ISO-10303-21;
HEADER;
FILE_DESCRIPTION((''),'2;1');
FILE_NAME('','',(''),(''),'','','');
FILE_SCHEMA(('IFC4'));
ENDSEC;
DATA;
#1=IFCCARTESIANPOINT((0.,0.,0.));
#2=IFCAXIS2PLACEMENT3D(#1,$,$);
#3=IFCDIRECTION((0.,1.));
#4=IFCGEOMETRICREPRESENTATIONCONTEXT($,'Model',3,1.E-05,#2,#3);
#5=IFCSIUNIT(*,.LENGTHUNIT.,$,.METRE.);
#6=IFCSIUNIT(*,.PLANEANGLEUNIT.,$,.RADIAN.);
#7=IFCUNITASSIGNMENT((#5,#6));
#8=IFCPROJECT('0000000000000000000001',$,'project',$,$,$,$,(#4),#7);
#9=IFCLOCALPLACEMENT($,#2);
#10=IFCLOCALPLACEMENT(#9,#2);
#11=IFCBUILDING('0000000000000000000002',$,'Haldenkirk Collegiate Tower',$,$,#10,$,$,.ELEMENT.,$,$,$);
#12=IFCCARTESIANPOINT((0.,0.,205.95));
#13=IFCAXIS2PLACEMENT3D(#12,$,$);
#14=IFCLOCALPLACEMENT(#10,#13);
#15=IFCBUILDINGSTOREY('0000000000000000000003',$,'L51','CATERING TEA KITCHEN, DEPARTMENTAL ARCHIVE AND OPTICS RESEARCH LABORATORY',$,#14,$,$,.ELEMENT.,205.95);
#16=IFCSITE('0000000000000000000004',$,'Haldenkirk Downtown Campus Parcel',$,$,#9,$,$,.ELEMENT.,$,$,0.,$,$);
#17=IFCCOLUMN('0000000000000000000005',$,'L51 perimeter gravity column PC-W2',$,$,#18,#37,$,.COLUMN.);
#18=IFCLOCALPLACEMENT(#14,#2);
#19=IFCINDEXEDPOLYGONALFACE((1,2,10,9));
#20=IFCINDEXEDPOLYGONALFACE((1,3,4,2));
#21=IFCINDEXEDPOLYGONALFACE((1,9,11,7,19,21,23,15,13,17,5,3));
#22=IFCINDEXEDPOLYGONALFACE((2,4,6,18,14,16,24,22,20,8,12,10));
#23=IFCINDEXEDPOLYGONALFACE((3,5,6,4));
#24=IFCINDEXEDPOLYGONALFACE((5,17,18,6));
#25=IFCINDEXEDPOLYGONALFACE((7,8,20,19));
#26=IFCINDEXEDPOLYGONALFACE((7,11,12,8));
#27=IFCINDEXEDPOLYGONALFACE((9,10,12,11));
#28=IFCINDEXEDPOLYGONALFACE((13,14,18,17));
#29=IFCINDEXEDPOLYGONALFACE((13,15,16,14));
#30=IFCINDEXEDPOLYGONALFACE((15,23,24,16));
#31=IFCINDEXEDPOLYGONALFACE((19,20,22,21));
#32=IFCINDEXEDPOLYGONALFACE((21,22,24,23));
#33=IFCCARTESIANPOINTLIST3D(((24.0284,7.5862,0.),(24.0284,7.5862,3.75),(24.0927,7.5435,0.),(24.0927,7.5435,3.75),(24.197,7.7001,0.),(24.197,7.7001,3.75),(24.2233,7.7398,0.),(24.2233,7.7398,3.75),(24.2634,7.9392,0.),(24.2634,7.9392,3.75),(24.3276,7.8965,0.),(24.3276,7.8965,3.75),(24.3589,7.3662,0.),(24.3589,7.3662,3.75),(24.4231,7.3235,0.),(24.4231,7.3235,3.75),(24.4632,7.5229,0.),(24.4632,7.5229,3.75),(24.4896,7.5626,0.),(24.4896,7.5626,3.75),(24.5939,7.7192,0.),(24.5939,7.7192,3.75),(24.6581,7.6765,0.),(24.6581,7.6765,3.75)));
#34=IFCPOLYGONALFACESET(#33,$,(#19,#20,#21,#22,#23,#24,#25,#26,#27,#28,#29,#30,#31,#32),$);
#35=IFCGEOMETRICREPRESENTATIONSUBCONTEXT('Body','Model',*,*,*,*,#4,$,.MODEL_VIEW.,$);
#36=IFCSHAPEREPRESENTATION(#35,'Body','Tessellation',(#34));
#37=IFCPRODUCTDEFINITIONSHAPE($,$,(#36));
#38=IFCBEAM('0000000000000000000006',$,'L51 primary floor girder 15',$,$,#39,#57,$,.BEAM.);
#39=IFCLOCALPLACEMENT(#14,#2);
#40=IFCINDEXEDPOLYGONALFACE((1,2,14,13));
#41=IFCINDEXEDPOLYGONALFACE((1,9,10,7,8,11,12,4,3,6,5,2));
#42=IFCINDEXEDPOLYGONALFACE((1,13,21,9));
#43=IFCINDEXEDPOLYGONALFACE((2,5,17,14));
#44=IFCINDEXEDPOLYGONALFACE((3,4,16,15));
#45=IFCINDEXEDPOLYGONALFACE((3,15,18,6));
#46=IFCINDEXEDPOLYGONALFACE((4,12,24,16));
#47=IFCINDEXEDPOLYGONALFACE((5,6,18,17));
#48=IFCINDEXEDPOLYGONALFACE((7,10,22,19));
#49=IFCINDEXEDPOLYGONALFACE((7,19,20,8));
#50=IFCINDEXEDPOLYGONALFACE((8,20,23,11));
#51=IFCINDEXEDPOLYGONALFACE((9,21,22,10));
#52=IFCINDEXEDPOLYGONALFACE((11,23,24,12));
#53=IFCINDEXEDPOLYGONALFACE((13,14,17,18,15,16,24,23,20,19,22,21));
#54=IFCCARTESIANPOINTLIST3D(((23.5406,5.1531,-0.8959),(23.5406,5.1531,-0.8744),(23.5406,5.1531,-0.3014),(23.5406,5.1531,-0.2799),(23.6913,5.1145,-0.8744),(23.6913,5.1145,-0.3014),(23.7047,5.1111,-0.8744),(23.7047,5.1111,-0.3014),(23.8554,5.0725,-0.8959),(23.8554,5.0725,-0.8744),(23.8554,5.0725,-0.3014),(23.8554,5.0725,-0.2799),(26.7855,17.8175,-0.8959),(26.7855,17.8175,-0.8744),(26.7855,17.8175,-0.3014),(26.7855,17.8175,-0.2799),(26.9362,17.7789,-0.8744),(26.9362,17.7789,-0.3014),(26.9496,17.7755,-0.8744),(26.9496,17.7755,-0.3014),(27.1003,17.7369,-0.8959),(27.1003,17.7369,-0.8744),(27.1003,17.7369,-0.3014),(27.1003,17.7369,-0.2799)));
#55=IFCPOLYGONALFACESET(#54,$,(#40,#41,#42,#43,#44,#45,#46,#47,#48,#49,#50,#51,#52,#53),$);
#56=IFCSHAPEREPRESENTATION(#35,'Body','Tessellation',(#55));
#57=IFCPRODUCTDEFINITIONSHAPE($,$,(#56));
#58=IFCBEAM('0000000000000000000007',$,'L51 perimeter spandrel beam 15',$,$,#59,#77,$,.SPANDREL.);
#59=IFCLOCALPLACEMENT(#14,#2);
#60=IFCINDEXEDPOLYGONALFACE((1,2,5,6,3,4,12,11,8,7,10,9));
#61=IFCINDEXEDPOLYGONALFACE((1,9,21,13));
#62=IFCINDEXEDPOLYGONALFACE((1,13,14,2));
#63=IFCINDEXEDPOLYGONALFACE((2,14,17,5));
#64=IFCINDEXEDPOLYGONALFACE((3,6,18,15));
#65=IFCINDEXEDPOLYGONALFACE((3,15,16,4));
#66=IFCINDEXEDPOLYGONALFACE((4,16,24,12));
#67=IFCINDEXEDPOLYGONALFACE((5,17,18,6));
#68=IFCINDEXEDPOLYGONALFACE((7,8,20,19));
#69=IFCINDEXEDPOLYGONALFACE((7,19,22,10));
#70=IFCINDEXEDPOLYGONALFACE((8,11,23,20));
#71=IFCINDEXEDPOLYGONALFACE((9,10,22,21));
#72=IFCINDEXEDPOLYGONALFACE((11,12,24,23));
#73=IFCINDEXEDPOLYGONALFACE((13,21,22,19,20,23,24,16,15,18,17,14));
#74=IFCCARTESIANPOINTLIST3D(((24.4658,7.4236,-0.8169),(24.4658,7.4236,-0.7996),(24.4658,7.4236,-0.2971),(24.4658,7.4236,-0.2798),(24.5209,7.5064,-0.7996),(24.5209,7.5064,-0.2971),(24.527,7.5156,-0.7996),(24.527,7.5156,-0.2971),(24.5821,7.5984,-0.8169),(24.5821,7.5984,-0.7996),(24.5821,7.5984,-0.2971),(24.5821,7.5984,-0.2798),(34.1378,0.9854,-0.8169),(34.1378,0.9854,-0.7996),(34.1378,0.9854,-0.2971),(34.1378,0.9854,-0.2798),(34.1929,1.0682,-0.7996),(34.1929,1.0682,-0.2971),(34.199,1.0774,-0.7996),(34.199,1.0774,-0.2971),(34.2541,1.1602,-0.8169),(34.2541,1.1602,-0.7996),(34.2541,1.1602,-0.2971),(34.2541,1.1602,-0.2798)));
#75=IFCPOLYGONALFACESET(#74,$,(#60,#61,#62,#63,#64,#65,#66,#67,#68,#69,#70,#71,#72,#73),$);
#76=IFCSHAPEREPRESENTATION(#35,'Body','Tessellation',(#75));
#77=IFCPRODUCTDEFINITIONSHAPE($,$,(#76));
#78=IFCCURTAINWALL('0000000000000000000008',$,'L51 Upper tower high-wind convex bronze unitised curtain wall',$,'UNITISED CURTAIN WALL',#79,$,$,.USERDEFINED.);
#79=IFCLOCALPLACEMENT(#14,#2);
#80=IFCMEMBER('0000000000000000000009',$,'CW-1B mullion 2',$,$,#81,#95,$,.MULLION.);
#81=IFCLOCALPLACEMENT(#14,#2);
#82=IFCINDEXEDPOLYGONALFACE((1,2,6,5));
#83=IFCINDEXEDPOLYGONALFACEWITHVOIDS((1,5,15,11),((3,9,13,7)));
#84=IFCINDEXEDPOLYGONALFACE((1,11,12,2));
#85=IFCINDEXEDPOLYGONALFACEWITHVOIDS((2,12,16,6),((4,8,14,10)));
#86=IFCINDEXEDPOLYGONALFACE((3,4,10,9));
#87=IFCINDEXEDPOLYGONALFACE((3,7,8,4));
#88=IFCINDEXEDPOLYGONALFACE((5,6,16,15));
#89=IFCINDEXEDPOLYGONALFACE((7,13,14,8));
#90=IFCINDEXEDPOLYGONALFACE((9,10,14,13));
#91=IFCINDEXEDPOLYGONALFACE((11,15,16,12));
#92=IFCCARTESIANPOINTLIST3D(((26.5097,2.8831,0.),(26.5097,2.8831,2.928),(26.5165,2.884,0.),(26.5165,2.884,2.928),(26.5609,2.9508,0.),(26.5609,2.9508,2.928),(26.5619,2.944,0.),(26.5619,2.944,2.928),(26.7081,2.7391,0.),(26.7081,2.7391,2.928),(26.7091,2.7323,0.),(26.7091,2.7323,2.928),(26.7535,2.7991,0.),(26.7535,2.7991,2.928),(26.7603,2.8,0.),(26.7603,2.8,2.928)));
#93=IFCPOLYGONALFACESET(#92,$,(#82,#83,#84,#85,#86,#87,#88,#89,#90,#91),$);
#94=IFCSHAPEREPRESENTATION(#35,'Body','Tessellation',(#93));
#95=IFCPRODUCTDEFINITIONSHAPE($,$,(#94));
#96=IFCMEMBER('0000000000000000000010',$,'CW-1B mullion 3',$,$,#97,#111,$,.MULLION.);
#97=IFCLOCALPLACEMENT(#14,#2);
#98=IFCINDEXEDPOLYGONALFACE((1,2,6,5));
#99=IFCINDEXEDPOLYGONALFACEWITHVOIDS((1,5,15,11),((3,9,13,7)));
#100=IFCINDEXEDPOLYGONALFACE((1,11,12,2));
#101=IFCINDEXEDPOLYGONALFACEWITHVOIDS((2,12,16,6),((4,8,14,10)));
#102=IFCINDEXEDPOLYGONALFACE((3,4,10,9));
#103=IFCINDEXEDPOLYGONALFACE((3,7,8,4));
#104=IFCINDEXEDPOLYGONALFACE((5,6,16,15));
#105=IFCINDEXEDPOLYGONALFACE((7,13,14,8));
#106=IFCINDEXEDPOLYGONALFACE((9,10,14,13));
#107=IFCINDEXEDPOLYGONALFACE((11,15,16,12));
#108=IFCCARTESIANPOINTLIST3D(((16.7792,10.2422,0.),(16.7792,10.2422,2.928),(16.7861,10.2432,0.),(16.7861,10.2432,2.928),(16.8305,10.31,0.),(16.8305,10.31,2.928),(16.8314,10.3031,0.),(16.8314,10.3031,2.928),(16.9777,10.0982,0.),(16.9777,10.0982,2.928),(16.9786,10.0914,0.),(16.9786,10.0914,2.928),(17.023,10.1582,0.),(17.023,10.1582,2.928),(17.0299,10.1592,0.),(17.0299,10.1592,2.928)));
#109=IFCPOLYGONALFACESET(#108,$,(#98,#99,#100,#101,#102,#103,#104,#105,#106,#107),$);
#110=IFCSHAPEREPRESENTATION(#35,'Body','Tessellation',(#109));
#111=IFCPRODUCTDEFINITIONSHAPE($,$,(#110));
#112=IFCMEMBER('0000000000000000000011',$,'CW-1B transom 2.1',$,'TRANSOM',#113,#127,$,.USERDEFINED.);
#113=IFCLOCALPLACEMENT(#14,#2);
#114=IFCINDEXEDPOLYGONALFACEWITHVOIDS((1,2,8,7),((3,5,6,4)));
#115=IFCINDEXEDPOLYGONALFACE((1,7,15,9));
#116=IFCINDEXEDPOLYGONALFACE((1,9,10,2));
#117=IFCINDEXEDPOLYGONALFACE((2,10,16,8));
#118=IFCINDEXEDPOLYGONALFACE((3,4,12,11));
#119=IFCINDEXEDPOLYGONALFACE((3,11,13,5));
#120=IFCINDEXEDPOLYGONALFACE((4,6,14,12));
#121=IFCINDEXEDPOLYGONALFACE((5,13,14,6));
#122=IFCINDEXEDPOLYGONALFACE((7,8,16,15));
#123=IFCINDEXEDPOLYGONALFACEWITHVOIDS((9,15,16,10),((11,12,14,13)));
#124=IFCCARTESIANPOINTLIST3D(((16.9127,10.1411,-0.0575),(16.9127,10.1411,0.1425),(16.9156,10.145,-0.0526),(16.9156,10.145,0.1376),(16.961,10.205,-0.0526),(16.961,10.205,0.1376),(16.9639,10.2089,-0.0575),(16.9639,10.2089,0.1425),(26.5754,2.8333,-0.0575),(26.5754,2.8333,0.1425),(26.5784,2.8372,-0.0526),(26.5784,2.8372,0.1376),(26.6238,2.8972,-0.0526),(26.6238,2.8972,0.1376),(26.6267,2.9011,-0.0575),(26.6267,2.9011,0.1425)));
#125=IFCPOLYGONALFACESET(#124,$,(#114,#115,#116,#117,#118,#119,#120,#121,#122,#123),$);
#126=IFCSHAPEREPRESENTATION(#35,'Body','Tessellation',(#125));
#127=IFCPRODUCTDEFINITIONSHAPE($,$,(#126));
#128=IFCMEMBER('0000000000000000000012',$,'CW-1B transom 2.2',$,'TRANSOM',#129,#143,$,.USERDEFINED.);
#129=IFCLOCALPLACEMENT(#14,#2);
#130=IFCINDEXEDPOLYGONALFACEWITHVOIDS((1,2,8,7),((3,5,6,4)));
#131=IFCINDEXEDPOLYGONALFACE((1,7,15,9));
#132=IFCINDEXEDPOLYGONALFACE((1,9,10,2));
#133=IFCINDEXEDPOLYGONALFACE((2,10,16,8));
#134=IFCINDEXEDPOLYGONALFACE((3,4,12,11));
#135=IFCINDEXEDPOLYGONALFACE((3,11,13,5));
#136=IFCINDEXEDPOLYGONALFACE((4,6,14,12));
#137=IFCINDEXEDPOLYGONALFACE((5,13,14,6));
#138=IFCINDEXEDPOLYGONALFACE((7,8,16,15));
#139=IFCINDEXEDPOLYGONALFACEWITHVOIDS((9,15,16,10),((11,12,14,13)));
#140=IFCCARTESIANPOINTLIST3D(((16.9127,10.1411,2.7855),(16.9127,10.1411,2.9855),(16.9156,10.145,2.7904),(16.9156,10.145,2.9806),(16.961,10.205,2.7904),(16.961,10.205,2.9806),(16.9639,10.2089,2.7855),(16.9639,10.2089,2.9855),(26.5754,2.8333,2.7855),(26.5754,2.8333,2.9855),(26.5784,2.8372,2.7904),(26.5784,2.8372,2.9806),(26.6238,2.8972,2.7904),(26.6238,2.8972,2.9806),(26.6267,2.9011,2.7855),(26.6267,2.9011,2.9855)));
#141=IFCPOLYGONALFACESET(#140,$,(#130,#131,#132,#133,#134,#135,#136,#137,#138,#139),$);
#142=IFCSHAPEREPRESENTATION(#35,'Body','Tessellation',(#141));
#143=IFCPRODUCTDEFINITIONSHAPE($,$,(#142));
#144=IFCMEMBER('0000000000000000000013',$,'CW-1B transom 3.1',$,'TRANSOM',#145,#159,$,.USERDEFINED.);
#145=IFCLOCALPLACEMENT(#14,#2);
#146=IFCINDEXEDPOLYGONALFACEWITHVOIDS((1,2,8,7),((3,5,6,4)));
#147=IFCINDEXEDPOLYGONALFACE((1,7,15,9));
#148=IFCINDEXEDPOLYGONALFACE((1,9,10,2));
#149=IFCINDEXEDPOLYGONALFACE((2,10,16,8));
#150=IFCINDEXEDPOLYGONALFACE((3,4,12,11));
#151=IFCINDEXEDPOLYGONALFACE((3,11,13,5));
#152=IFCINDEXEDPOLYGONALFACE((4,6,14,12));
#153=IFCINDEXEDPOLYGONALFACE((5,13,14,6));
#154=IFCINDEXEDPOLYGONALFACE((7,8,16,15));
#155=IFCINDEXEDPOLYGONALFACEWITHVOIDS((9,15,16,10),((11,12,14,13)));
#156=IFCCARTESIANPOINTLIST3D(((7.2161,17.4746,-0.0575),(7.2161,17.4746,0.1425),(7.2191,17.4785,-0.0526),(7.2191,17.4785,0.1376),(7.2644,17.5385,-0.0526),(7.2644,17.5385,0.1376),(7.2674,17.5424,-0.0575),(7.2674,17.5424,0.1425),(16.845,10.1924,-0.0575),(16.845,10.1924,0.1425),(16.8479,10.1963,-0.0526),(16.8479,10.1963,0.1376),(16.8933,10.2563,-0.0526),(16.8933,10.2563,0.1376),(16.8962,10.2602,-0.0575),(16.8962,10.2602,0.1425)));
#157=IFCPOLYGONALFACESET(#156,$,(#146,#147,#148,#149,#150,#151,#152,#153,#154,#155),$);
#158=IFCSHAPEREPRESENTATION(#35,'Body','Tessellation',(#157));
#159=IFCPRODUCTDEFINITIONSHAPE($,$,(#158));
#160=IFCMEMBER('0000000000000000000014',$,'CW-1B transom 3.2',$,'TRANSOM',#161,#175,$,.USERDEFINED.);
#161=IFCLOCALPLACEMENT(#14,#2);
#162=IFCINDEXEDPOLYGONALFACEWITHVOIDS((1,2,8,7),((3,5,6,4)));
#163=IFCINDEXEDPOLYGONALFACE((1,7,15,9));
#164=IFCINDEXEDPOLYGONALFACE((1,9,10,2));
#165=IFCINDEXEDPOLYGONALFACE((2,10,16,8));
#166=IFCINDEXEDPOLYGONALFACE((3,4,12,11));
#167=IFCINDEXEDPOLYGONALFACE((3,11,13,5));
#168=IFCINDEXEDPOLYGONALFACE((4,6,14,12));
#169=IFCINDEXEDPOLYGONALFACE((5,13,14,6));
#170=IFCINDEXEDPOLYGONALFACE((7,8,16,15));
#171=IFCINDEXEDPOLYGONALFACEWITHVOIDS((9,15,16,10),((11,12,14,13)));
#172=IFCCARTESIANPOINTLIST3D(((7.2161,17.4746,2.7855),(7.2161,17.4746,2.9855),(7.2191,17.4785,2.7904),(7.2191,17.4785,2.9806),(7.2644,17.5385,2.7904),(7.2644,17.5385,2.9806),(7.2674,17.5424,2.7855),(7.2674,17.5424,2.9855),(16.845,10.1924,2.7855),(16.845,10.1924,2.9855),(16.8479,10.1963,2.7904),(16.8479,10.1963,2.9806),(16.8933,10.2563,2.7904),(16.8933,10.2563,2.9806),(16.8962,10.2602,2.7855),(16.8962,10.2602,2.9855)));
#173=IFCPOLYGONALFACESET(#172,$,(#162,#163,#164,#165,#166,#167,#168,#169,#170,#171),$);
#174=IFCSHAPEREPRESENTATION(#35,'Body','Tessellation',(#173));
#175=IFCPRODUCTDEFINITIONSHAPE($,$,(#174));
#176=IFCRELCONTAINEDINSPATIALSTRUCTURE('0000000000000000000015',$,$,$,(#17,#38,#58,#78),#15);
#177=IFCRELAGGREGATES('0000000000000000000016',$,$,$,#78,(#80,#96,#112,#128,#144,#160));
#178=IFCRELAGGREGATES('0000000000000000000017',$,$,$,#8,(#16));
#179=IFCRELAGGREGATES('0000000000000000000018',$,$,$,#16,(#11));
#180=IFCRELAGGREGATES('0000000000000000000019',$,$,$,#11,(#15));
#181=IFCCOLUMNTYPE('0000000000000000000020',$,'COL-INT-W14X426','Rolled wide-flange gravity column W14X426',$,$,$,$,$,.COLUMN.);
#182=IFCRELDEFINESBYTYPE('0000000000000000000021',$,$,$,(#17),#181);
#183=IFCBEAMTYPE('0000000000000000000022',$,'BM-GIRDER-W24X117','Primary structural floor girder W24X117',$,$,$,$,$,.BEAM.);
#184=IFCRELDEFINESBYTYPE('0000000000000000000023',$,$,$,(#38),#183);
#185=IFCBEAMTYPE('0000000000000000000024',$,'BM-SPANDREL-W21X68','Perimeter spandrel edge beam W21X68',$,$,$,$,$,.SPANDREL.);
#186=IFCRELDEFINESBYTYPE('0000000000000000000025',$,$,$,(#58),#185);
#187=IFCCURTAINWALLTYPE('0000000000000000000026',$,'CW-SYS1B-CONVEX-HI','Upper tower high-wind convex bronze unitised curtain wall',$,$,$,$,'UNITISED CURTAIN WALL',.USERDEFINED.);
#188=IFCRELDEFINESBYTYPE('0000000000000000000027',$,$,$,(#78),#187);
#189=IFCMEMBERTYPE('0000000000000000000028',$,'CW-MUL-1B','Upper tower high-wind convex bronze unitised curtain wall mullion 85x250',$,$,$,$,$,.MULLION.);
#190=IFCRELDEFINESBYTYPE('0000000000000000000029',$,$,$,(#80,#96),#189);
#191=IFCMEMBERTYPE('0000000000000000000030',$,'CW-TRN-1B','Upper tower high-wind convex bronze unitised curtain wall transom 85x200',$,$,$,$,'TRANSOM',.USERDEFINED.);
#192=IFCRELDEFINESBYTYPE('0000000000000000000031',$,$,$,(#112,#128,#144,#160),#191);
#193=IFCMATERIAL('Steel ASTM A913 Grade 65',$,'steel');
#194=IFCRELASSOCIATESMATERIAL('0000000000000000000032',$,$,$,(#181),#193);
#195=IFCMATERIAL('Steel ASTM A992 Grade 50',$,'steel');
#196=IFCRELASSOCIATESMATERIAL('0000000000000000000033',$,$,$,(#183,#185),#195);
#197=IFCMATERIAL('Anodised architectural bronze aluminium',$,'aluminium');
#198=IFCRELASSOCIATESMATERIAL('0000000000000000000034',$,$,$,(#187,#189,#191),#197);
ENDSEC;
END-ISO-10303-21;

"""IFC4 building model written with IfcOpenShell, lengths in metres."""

from ifc_helpers import new_model, si_unit, direction, frame, origin, origin_2d, place, context, subcontext, project, spatial, hollow_rectangle, i_section, extrude, material, material_profile, profile_set, type_object, element, aggregate, save


model = new_model("IFC4")

# Units and contexts
model_context = context("Model", 3, precision=1e-05, world=origin(), true_north=direction((0.0, 1.0)))
body_context = subcontext(model_context, "Body", "Model", "MODEL_VIEW")
ifc_project = project(units=[si_unit("LENGTHUNIT", "METRE"), si_unit("PLANEANGLEUNIT", "RADIAN")], contexts=[model_context])

# Site, building, storey
site_placement = place(None, origin())
site = spatial("IfcSite", under=ifc_project, at=site_placement, Name="Haldenkirk Downtown Campus Parcel", CompositionType="ELEMENT", RefElevation=0.0)
building_placement = place(site_placement, origin())
building = spatial("IfcBuilding", under=site, at=building_placement, Name="Haldenkirk Collegiate Tower", CompositionType="ELEMENT")
storey_placement = place(building_placement, frame((0.0, 0.0, 205.95)))
storey = spatial("IfcBuildingStorey", under=building, at=storey_placement, Name="L51", Description="CATERING TEA KITCHEN, DEPARTMENTAL ARCHIVE AND OPTICS RESEARCH LABORATORY", CompositionType="ELEMENT", Elevation=205.95)

# Column
ifc_material_1 = material(Name="Steel ASTM A913 Grade 65", Category="steel")
ifc_material_profile_1 = material_profile(ifc_material_1, i_section(OverallWidth=0.4241, OverallDepth=0.4741, WebThickness=0.0476, FlangeThickness=0.0771, at=origin_2d()), Name="W14X426")
ifc_profile_set_1 = profile_set([ifc_material_profile_1], Name="Steel ASTM A913 Grade 65")
column_type = type_object("IfcColumnType", Name="COL-INT-W14X426", Description="Rolled wide-flange gravity column W14X426", PredefinedType="COLUMN", material=ifc_profile_set_1)
column_placement = place(storey_placement, frame((24.3433, 7.6313, 0.0), z_axis=(0.0, 0.0, 1.0), x_axis=(0.554118, 0.832438, 0.0)))
element("IfcColumn", 1, at=column_placement, inside=storey, type_object=column_type, Name="L51 perimeter gravity column PC-W2", PredefinedType="COLUMN", context=body_context, shape_type="SweptSolid", body=[
    extrude(i_section(OverallWidth=0.4241, OverallDepth=0.4741, WebThickness=0.0476, FlangeThickness=0.0771, at=origin_2d()), origin(), (0.0, 0.0, 1.0), 3.75),
])

# Beams
ifc_material_2 = material(Name="Steel ASTM A992 Grade 50", Category="steel")
ifc_material_profile_2 = material_profile(ifc_material_2, i_section(OverallWidth=0.325, OverallDepth=0.616, WebThickness=0.0139, FlangeThickness=0.0215, at=origin_2d()), Name="W24X117")
ifc_profile_set_2 = profile_set([ifc_material_profile_2], Name="Steel ASTM A992 Grade 50")
beam_type_1 = type_object("IfcBeamType", Name="BM-GIRDER-W24X117", Description="Primary structural floor girder W24X117", PredefinedType="BEAM", material=ifc_profile_set_2)
beam_1_placement = place(storey_placement, frame((23.698, 5.1128, -0.5879), z_axis=(0.248204, 0.968708, 0.0), x_axis=(-0.968708, 0.248204, 0.0)))
element("IfcBeam", 2, at=beam_1_placement, inside=storey, type_object=beam_type_1, Name="L51 primary floor girder 15", PredefinedType="BEAM", context=body_context, shape_type="SweptSolid", body=[
    extrude(i_section(OverallWidth=0.325, OverallDepth=0.616, WebThickness=0.0139, FlangeThickness=0.0215, at=origin_2d()), origin(), (0.0, 0.0, 1.0), 13.0735),
])
ifc_material_profile_3 = material_profile(ifc_material_2, i_section(OverallWidth=0.21, OverallDepth=0.5371, WebThickness=0.011, FlangeThickness=0.0173, at=origin_2d()), Name="W21X68")
ifc_profile_set_3 = profile_set([ifc_material_profile_3], Name="Steel ASTM A992 Grade 50")
beam_type_2 = type_object("IfcBeamType", Name="BM-SPANDREL-W21X68", Description="Perimeter spandrel edge beam W21X68", PredefinedType="SPANDREL", material=ifc_profile_set_3)
beam_2_placement = place(storey_placement, frame((24.5239, 7.511, -0.5483), z_axis=(0.832441, -0.554113, 0.0), x_axis=(0.554113, 0.832441, 0.0)))
element("IfcBeam", 3, at=beam_2_placement, inside=storey, type_object=beam_type_2, Name="L51 perimeter spandrel beam 15", PredefinedType="SPANDREL", context=body_context, shape_type="SweptSolid", body=[
    extrude(i_section(OverallWidth=0.21, OverallDepth=0.5371, WebThickness=0.011, FlangeThickness=0.0173, at=origin_2d()), origin(), (0.0, 0.0, 1.0), 11.6189),
])

# Curtain wall, members
ifc_material_3 = material(Name="Anodised architectural bronze aluminium", Category="aluminium")
curtain_wall_type = type_object("IfcCurtainWallType", Name="CW-SYS1B-CONVEX-HI", Description="Upper tower high-wind convex bronze unitised curtain wall", ElementType="UNITISED CURTAIN WALL", PredefinedType="USERDEFINED", material=ifc_material_3)
curtain_wall_placement = place(storey_placement, origin())
curtain_wall = element("IfcCurtainWall", 4, at=curtain_wall_placement, inside=storey, type_object=curtain_wall_type, Name="L51 Upper tower high-wind convex bronze unitised curtain wall", ObjectType="UNITISED CURTAIN WALL", PredefinedType="USERDEFINED")
ifc_material_profile_4 = material_profile(ifc_material_3, hollow_rectangle(XDim=0.085, YDim=0.25, WallThickness=0.0049, at=origin_2d()), Name="CW-MUL-1B")
ifc_profile_set_4 = profile_set([ifc_material_profile_4], Name="Anodised architectural bronze aluminium")
member_type_1 = type_object("IfcMemberType", Name="CW-MUL-1B", Description="Upper tower high-wind convex bronze unitised curtain wall mullion 85x250", PredefinedType="MULLION", material=ifc_profile_set_4)
member_1_placement = place(storey_placement, frame((26.635, 2.8416, 0.0), z_axis=(0.0, 0.0, 1.0), x_axis=(-0.603207, -0.797584, 0.0)))
member_1 = element("IfcMember", 5, at=member_1_placement, type_object=member_type_1, Name="CW-1B mullion 2", PredefinedType="MULLION", context=body_context, shape_type="SweptSolid", body=[
    extrude(hollow_rectangle(XDim=0.085, YDim=0.25, WallThickness=0.0049, at=origin_2d()), origin(), (0.0, 0.0, 1.0), 2.928),
])
member_2_placement = place(storey_placement, frame((16.9045, 10.2007, 0.0), z_axis=(0.0, 0.0, 1.0), x_axis=(-0.603207, -0.797584, 0.0)))
member_2 = element("IfcMember", 6, at=member_2_placement, type_object=member_type_1, Name="CW-1B mullion 3", PredefinedType="MULLION", context=body_context, shape_type="SweptSolid", body=[
    extrude(hollow_rectangle(XDim=0.085, YDim=0.25, WallThickness=0.0049, at=origin_2d()), origin(), (0.0, 0.0, 1.0), 2.928),
])
ifc_material_profile_5 = material_profile(ifc_material_3, hollow_rectangle(XDim=0.085, YDim=0.2, WallThickness=0.0049, at=origin_2d()), Name="CW-TRN-1B")
ifc_profile_set_5 = profile_set([ifc_material_profile_5], Name="Anodised architectural bronze aluminium")
member_type_2 = type_object("IfcMemberType", Name="CW-TRN-1B", Description="Upper tower high-wind convex bronze unitised curtain wall transom 85x200", ElementType="TRANSOM", PredefinedType="USERDEFINED", material=ifc_profile_set_5)
member_3_placement = place(storey_placement, frame((26.6011, 2.8672, 0.0425), z_axis=(-0.797587, 0.603203, 0.0), x_axis=(-0.603203, -0.797587, 0.0)))
member_3 = element("IfcMember", 7, at=member_3_placement, type_object=member_type_2, Name="CW-1B transom 2.1", ObjectType="TRANSOM", PredefinedType="USERDEFINED", context=body_context, shape_type="SweptSolid", body=[
    extrude(hollow_rectangle(XDim=0.085, YDim=0.2, WallThickness=0.0049, at=origin_2d()), origin(), (0.0, 0.0, 1.0), 12.115),
])
member_4_placement = place(storey_placement, frame((26.6011, 2.8672, 2.8855), z_axis=(-0.797587, 0.603203, 0.0), x_axis=(-0.603203, -0.797587, 0.0)))
member_4 = element("IfcMember", 8, at=member_4_placement, type_object=member_type_2, Name="CW-1B transom 2.2", ObjectType="TRANSOM", PredefinedType="USERDEFINED", context=body_context, shape_type="SweptSolid", body=[
    extrude(hollow_rectangle(XDim=0.085, YDim=0.2, WallThickness=0.0049, at=origin_2d()), origin(), (0.0, 0.0, 1.0), 12.115),
])
member_5_placement = place(storey_placement, frame((16.8706, 10.2263, 0.0425), z_axis=(-0.797586, 0.603205, 0.0), x_axis=(-0.603205, -0.797586, 0.0)))
member_5 = element("IfcMember", 9, at=member_5_placement, type_object=member_type_2, Name="CW-1B transom 3.1", ObjectType="TRANSOM", PredefinedType="USERDEFINED", context=body_context, shape_type="SweptSolid", body=[
    extrude(hollow_rectangle(XDim=0.085, YDim=0.2, WallThickness=0.0049, at=origin_2d()), origin(), (0.0, 0.0, 1.0), 12.0725),
])
member_6_placement = place(storey_placement, frame((16.8706, 10.2263, 2.8855), z_axis=(-0.797586, 0.603205, 0.0), x_axis=(-0.603205, -0.797586, 0.0)))
member_6 = element("IfcMember", 10, at=member_6_placement, type_object=member_type_2, Name="CW-1B transom 3.2", ObjectType="TRANSOM", PredefinedType="USERDEFINED", context=body_context, shape_type="SweptSolid", body=[
    extrude(hollow_rectangle(XDim=0.085, YDim=0.2, WallThickness=0.0049, at=origin_2d()), origin(), (0.0, 0.0, 1.0), 12.0725),
])

aggregate(curtain_wall, [member_1, member_2, member_3, member_4, member_5, member_6])

save(model, "model.ifc")
